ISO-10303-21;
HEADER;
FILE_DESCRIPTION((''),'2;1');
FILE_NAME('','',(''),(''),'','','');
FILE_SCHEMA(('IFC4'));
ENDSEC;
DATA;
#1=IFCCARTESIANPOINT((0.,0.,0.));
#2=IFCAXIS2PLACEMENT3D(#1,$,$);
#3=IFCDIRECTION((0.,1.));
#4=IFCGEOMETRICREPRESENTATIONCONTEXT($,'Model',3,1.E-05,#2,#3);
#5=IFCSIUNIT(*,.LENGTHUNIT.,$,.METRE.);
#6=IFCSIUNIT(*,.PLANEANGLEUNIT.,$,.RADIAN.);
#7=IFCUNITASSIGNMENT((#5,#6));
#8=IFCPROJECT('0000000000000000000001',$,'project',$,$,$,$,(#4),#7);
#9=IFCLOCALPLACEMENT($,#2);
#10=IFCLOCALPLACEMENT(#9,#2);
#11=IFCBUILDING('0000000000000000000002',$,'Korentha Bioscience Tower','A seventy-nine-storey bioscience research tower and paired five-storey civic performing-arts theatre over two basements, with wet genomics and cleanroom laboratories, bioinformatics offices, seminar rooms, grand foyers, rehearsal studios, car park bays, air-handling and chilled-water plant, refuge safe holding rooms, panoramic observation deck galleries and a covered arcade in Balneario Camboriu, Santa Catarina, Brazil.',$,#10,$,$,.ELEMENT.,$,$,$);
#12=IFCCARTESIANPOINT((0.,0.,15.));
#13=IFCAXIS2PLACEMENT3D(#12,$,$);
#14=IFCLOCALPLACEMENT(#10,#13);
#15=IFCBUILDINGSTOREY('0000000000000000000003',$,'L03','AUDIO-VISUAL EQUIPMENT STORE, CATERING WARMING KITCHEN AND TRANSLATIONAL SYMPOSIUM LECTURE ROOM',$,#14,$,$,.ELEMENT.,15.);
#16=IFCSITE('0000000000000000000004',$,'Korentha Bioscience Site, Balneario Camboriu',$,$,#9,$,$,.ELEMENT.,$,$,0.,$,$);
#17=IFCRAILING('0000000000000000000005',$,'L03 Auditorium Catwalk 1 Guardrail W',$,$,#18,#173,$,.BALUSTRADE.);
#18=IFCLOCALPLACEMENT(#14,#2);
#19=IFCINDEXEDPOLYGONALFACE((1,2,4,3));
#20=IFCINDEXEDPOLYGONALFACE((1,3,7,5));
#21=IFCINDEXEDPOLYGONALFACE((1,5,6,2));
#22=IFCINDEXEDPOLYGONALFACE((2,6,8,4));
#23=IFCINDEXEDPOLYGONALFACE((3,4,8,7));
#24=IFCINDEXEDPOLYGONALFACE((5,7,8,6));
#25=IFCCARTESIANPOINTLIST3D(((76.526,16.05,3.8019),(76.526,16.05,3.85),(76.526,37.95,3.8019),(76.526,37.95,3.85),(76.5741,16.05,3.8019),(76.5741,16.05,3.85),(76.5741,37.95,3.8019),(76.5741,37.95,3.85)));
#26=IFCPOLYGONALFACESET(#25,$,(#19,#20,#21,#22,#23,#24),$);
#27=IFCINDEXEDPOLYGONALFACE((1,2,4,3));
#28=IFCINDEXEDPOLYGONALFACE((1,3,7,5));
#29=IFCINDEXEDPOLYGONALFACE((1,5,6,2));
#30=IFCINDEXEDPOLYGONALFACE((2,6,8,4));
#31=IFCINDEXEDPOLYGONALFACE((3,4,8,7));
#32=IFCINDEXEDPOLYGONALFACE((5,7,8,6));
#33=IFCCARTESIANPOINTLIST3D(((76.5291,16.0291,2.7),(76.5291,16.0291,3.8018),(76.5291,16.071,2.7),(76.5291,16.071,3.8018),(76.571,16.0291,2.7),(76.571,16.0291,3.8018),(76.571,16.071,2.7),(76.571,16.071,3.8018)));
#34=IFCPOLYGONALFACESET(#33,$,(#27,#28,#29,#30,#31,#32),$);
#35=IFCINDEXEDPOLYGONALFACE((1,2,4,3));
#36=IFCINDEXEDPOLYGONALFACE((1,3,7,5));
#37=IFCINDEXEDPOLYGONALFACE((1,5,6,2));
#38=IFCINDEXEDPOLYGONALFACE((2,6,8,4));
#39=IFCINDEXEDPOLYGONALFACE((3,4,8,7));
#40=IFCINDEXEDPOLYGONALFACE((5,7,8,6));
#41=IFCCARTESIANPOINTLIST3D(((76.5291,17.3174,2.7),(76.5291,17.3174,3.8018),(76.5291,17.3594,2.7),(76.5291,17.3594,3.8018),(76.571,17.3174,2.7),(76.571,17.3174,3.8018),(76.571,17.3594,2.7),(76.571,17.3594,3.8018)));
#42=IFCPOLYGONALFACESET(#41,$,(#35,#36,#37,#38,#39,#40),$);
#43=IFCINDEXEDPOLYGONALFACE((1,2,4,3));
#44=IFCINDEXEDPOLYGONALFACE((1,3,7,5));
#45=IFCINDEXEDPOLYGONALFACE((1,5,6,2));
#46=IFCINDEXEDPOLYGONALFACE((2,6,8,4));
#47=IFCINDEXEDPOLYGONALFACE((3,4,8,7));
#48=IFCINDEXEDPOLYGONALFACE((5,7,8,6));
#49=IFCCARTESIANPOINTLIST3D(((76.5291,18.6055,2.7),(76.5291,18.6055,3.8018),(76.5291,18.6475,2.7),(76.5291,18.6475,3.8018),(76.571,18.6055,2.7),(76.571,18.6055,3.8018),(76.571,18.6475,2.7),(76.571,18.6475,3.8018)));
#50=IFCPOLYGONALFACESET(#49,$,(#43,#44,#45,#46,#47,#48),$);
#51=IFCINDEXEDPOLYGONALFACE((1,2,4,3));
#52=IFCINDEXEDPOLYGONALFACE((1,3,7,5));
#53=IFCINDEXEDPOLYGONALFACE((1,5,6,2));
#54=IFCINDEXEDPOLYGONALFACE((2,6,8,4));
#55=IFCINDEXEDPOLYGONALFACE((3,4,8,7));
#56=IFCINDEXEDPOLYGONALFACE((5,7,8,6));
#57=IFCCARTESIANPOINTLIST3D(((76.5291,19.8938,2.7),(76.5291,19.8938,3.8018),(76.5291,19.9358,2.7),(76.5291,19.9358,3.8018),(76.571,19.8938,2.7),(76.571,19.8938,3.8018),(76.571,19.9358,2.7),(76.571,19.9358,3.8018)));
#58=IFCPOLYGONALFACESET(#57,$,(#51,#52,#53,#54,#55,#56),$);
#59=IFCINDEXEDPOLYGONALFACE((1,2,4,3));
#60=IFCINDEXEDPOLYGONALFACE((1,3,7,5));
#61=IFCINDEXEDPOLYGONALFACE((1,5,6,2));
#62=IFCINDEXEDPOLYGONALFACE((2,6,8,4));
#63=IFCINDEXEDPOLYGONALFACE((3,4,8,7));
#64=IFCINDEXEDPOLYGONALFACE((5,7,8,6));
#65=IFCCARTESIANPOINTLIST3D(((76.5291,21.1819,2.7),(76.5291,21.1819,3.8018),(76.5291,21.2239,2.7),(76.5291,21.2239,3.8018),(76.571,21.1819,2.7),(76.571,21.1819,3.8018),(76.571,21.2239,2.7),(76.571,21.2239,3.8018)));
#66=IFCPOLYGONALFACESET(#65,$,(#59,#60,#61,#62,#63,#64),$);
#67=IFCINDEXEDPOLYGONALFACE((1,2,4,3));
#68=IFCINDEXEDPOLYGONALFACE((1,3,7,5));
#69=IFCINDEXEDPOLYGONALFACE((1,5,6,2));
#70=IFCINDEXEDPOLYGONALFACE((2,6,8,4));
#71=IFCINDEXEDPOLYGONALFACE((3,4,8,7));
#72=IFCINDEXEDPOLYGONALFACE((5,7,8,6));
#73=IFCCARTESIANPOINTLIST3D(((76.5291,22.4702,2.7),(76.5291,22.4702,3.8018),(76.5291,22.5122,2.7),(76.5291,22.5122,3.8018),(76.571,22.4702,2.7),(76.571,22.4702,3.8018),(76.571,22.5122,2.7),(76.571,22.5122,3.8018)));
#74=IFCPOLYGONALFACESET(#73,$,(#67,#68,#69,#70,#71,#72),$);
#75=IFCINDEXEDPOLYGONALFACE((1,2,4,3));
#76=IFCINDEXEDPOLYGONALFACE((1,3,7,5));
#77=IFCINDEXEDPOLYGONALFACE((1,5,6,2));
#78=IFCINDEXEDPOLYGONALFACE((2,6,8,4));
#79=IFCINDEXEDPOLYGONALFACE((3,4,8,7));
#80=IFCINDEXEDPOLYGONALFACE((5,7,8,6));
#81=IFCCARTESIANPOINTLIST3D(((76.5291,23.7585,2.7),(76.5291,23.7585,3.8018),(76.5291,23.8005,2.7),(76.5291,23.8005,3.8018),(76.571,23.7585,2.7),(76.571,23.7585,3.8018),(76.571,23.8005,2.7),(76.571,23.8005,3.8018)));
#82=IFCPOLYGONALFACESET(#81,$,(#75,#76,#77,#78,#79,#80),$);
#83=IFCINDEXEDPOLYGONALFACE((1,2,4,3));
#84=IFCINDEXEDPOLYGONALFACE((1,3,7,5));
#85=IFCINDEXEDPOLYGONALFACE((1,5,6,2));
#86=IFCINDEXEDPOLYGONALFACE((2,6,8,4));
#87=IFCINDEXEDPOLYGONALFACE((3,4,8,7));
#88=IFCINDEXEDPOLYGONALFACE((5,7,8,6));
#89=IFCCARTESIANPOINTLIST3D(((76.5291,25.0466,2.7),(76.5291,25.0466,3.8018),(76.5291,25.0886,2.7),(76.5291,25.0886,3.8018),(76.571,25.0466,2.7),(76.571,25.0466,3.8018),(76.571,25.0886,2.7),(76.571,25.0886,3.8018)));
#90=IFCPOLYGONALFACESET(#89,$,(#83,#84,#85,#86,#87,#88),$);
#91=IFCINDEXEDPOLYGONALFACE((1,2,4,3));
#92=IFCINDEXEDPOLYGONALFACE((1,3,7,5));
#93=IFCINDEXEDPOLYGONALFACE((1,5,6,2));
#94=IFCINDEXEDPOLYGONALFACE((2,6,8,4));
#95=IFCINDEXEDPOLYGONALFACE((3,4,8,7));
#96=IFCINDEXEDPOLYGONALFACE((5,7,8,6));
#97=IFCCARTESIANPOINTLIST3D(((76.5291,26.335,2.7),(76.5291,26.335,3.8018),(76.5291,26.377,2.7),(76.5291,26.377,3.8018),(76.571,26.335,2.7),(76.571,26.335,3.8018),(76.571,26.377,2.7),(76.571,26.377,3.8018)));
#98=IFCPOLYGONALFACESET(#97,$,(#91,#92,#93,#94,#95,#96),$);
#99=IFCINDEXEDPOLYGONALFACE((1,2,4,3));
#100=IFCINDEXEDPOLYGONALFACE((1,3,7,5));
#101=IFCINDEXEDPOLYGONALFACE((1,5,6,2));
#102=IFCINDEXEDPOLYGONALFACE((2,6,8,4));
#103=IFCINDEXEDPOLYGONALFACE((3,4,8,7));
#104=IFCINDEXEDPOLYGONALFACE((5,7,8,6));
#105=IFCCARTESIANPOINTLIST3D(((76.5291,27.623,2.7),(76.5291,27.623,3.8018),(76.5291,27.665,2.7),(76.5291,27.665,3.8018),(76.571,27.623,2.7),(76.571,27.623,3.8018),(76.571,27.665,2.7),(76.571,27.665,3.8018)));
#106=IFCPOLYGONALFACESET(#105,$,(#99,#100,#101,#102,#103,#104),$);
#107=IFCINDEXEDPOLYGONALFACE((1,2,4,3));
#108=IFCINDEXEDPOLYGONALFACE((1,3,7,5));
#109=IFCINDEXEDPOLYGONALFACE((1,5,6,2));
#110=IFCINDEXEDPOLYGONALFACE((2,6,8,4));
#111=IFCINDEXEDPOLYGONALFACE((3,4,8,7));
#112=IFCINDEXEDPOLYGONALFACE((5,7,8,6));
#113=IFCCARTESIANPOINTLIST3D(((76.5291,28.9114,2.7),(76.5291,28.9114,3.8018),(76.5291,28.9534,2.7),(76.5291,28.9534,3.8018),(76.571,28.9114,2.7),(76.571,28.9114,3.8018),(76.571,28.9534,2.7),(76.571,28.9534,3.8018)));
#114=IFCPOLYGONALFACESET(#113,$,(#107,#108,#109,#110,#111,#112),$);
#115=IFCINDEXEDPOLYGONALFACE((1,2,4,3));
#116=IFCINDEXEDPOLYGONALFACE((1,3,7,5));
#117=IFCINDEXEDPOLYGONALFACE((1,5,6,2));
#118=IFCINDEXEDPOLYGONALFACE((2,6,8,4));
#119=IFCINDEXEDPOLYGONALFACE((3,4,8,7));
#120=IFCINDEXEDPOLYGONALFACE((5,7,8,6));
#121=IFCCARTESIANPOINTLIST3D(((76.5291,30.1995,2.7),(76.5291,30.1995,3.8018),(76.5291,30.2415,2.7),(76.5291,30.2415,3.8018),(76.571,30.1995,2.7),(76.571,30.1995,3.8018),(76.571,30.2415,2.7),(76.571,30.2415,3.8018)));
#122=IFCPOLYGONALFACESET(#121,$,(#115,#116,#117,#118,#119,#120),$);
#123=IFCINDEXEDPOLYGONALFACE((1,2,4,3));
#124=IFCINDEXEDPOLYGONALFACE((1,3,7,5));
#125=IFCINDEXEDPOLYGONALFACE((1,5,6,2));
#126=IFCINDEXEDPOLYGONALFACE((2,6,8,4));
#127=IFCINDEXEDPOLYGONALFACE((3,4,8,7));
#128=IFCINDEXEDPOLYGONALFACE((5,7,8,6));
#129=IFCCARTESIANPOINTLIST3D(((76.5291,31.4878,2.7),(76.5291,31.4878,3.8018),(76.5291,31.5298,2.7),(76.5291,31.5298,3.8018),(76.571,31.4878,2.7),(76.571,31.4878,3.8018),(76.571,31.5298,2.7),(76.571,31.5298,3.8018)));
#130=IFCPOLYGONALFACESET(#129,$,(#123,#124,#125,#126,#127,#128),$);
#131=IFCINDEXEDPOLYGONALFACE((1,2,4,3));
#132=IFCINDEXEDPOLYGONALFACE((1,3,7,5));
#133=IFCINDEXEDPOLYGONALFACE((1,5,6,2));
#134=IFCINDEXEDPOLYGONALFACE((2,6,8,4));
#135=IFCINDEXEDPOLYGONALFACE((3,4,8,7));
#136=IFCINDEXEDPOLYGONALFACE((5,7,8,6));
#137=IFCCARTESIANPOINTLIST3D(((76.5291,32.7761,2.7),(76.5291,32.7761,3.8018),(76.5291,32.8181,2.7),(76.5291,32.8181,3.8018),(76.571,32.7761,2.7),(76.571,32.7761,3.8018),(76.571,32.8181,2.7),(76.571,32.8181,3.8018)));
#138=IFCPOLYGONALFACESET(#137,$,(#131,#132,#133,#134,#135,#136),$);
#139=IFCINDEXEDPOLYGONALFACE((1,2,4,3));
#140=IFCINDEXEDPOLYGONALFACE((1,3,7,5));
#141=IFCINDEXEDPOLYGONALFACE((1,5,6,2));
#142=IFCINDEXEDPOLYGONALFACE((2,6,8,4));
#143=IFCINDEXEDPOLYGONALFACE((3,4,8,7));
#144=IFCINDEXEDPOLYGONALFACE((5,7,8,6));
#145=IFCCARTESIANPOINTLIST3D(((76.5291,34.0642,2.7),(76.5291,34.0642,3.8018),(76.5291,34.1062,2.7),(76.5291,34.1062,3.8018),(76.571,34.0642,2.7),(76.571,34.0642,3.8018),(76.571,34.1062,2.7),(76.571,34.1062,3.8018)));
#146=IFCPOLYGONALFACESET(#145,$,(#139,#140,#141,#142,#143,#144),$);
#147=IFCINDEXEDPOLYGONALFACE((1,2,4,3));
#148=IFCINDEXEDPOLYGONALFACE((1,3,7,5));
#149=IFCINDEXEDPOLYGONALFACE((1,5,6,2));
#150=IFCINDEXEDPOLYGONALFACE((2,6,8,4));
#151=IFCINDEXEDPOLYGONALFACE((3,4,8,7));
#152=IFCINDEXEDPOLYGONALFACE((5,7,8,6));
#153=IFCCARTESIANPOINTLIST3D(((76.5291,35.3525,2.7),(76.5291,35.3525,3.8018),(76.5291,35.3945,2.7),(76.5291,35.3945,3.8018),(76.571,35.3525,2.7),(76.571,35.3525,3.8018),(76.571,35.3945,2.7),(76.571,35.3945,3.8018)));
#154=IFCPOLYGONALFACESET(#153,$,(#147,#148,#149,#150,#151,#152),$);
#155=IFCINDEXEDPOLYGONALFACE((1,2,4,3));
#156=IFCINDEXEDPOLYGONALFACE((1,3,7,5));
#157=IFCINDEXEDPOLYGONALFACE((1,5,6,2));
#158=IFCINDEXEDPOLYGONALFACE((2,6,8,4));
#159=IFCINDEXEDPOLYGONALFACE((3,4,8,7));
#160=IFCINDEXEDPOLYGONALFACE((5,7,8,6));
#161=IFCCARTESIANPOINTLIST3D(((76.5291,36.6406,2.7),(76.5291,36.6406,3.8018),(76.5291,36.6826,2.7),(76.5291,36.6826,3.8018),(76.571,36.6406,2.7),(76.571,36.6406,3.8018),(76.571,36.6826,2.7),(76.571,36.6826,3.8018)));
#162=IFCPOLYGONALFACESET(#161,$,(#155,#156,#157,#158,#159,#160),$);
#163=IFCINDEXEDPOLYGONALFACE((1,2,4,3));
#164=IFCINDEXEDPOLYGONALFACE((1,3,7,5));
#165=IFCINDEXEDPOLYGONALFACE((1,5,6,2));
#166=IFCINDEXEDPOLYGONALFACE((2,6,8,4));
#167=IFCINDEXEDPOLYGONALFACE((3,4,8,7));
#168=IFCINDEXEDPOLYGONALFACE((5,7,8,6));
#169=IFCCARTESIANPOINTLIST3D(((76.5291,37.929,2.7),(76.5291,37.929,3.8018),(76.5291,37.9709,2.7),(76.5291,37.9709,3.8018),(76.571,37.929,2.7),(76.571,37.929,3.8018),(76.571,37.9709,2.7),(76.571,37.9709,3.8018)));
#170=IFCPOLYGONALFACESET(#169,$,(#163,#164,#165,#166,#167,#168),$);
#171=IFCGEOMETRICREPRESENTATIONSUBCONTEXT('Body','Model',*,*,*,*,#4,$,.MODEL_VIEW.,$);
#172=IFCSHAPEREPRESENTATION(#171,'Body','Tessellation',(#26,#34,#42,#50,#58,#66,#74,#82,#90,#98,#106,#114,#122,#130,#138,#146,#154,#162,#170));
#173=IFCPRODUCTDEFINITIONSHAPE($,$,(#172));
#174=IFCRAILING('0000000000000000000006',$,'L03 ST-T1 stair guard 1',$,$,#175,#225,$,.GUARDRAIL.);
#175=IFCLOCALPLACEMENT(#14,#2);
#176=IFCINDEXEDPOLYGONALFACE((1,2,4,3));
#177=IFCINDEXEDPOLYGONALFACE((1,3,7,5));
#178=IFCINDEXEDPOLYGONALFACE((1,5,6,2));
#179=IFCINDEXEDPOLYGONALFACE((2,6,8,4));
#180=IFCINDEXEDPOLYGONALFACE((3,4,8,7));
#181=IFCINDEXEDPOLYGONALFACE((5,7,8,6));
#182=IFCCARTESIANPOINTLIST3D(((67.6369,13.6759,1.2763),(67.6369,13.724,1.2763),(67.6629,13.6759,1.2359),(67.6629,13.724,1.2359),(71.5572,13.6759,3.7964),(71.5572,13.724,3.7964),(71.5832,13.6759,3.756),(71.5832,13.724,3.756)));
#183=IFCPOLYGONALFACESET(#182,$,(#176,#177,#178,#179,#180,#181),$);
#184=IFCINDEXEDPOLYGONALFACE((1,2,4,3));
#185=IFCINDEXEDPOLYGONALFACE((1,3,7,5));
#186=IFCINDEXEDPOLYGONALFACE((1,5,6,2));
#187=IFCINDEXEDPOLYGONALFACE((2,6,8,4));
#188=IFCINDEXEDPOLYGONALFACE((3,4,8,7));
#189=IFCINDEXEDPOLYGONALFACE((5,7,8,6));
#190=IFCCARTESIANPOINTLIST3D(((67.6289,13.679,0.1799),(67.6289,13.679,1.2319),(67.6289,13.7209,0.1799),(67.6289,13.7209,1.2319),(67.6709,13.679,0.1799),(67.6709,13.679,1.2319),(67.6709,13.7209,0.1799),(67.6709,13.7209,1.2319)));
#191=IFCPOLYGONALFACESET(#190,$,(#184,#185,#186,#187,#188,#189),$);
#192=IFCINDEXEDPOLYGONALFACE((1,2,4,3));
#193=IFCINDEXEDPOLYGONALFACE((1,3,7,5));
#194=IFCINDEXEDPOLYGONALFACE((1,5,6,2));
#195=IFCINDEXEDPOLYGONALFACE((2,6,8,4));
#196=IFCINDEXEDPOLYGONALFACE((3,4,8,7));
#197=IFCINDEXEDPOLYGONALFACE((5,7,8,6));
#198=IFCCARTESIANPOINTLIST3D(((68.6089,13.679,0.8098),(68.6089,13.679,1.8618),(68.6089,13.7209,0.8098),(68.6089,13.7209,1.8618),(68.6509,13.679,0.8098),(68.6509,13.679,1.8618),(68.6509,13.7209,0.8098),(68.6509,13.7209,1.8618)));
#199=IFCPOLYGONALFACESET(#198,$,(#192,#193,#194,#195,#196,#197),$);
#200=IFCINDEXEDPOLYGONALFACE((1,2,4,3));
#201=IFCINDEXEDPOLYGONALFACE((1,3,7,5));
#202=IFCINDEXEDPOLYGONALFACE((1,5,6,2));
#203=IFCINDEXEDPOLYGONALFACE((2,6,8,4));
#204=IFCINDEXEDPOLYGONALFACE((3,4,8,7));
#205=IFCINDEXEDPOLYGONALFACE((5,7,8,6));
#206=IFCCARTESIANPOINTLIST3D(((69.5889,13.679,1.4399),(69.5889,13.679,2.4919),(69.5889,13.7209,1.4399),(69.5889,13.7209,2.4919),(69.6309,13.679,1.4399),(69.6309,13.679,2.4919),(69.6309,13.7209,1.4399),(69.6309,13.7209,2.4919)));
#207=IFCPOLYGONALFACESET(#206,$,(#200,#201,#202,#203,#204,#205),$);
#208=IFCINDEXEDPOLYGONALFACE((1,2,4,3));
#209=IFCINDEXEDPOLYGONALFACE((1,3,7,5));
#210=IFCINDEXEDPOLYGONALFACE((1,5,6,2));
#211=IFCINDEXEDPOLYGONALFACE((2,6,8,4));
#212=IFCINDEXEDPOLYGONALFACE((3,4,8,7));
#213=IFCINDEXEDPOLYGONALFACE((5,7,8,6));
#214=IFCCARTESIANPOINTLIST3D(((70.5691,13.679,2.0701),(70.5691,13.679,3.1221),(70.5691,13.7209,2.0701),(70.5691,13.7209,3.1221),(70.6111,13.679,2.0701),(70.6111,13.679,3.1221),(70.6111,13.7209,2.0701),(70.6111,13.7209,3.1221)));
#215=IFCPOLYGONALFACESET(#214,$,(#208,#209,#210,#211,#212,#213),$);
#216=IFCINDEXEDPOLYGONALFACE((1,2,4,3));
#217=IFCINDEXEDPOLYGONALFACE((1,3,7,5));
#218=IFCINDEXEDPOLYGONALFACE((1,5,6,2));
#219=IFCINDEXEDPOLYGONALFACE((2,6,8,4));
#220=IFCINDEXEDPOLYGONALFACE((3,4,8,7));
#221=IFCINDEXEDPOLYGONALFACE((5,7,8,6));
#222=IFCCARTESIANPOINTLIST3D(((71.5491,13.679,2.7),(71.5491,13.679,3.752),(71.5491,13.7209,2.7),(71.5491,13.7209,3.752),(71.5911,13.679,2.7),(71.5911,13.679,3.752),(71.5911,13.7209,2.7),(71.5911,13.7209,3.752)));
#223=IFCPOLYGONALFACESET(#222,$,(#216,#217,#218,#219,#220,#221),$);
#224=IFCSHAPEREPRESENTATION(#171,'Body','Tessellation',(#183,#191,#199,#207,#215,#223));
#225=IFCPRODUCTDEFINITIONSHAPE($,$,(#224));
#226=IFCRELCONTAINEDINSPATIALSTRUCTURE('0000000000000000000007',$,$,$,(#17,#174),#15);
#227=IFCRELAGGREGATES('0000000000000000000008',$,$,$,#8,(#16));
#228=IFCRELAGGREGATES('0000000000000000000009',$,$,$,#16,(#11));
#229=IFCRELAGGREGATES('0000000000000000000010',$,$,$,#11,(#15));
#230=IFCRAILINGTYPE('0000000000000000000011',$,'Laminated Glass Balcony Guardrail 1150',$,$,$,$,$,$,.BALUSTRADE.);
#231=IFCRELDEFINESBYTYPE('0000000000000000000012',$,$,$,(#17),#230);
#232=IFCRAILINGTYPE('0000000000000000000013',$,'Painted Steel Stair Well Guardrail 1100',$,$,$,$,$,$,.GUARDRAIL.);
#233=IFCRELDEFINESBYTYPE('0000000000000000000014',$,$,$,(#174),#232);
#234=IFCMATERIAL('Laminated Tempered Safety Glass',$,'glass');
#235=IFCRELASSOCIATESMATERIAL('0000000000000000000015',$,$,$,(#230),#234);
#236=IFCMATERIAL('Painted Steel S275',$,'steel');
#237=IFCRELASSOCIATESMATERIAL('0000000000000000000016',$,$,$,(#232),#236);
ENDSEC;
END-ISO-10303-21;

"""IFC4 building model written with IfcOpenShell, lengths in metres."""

from ifc_helpers import new_model, si_unit, direction, frame, origin, origin_2d, place, context, subcontext, project, spatial, rectangle, extrude, material, type_object, element, save


model = new_model("IFC4")

# Units and contexts
model_context = context("Model", 3, precision=1e-05, world=origin(), true_north=direction((0.0, 1.0)))
body_context = subcontext(model_context, "Body", "Model", "MODEL_VIEW")
ifc_project = project(units=[si_unit("LENGTHUNIT", "METRE"), si_unit("PLANEANGLEUNIT", "RADIAN")], contexts=[model_context])

# Site, building, storey
site_placement = place(None, origin())
site = spatial("IfcSite", under=ifc_project, at=site_placement, Name="Korentha Bioscience Site, Balneario Camboriu", CompositionType="ELEMENT", RefElevation=0.0)
building_placement = place(site_placement, origin())
building = spatial("IfcBuilding", under=site, at=building_placement, Name="Korentha Bioscience Tower", Description="A seventy-nine-storey bioscience research tower and paired five-storey civic performing-arts theatre over two basements, with wet genomics and cleanroom laboratories, bioinformatics offices, seminar rooms, grand foyers, rehearsal studios, car park bays, air-handling and chilled-water plant, refuge safe holding rooms, panoramic observation deck galleries and a covered arcade in Balneario Camboriu, Santa Catarina, Brazil.", CompositionType="ELEMENT")
storey_placement = place(building_placement, frame((0.0, 0.0, 15.0)))
storey = spatial("IfcBuildingStorey", under=building, at=storey_placement, Name="L03", Description="AUDIO-VISUAL EQUIPMENT STORE, CATERING WARMING KITCHEN AND TRANSLATIONAL SYMPOSIUM LECTURE ROOM", CompositionType="ELEMENT", Elevation=15.0)

# Railings
ifc_material_1 = material(Name="Laminated Tempered Safety Glass", Category="glass")
railing_type_1 = type_object("IfcRailingType", Name="Laminated Glass Balcony Guardrail 1150", PredefinedType="BALUSTRADE", material=ifc_material_1)
railing_1_placement = place(storey_placement, frame((76.55, 16.05, 2.7)))
element("IfcRailing", 1, at=railing_1_placement, inside=storey, type_object=railing_type_1, Name="L03 Auditorium Catwalk 1 Guardrail W", PredefinedType="BALUSTRADE", context=body_context, shape_type="SweptSolid", body=[
    extrude(rectangle(XDim=0.0481, YDim=0.0481, at=origin_2d()), frame((0.0, 0.0, 1.126), z_axis=(0.0, 1.0, 0.0), x_axis=(-1.0, 0.0, 0.0)), (0.0, 0.0, 1.0), 21.8999),
    extrude(rectangle(XDim=0.042, YDim=0.042, at=origin_2d()), origin(), (0.0, 0.0, 1.0), 1.1018),
    extrude(rectangle(XDim=0.042, YDim=0.042, at=origin_2d()), frame((0.0, 1.2883, 0.0)), (0.0, 0.0, 1.0), 1.1018),
    extrude(rectangle(XDim=0.042, YDim=0.042, at=origin_2d()), frame((0.0, 2.5764, 0.0)), (0.0, 0.0, 1.0), 1.1018),
    extrude(rectangle(XDim=0.042, YDim=0.042, at=origin_2d()), frame((0.0, 3.8647, 0.0)), (0.0, 0.0, 1.0), 1.1018),
    extrude(rectangle(XDim=0.042, YDim=0.042, at=origin_2d()), frame((0.0, 5.1528, 0.0)), (0.0, 0.0, 1.0), 1.1018),
    extrude(rectangle(XDim=0.042, YDim=0.042, at=origin_2d()), frame((0.0, 6.4412, 0.0)), (0.0, 0.0, 1.0), 1.1018),
    extrude(rectangle(XDim=0.042, YDim=0.042, at=origin_2d()), frame((0.0, 7.7295, 0.0)), (0.0, 0.0, 1.0), 1.1018),
    extrude(rectangle(XDim=0.042, YDim=0.042, at=origin_2d()), frame((0.0, 9.0176, 0.0)), (0.0, 0.0, 1.0), 1.1018),
    extrude(rectangle(XDim=0.042, YDim=0.042, at=origin_2d()), frame((0.0, 10.3059, 0.0)), (0.0, 0.0, 1.0), 1.1018),
    extrude(rectangle(XDim=0.042, YDim=0.042, at=origin_2d()), frame((0.0, 11.594, 0.0)), (0.0, 0.0, 1.0), 1.1018),
    extrude(rectangle(XDim=0.042, YDim=0.042, at=origin_2d()), frame((0.0, 12.8823, 0.0)), (0.0, 0.0, 1.0), 1.1018),
    extrude(rectangle(XDim=0.042, YDim=0.042, at=origin_2d()), frame((0.0, 14.1704, 0.0)), (0.0, 0.0, 1.0), 1.1018),
    extrude(rectangle(XDim=0.042, YDim=0.042, at=origin_2d()), frame((0.0, 15.4587, 0.0)), (0.0, 0.0, 1.0), 1.1018),
    extrude(rectangle(XDim=0.042, YDim=0.042, at=origin_2d()), frame((0.0, 16.7471, 0.0)), (0.0, 0.0, 1.0), 1.1018),
    extrude(rectangle(XDim=0.042, YDim=0.042, at=origin_2d()), frame((0.0, 18.0352, 0.0)), (0.0, 0.0, 1.0), 1.1018),
    extrude(rectangle(XDim=0.042, YDim=0.042, at=origin_2d()), frame((0.0, 19.3235, 0.0)), (0.0, 0.0, 1.0), 1.1018),
    extrude(rectangle(XDim=0.042, YDim=0.042, at=origin_2d()), frame((0.0, 20.6116, 0.0)), (0.0, 0.0, 1.0), 1.1018),
    extrude(rectangle(XDim=0.042, YDim=0.042, at=origin_2d()), frame((0.0, 21.8999, 0.0)), (0.0, 0.0, 1.0), 1.1018),
])
ifc_material_2 = material(Name="Painted Steel S275", Category="steel")
railing_type_2 = type_object("IfcRailingType", Name="Painted Steel Stair Well Guardrail 1100", PredefinedType="GUARDRAIL", material=ifc_material_2)
railing_2_placement = place(storey_placement, frame((67.6499, 13.7, 0.1799)))
element("IfcRailing", 2, at=railing_2_placement, inside=storey, type_object=railing_type_2, Name="L03 ST-T1 stair guard 1", PredefinedType="GUARDRAIL", context=body_context, shape_type="SweptSolid", body=[
    extrude(rectangle(XDim=0.0481, YDim=0.0481, at=origin_2d()), frame((0.0, 0.0, 1.0762), z_axis=(0.841187, 0.0, 0.540744), x_axis=(0.0, 1.0, 0.0)), (0.0, 0.0, 1.0), 4.6604),
    extrude(rectangle(XDim=0.042, YDim=0.042, at=origin_2d()), origin(), (0.0, 0.0, 1.0), 1.052),
    extrude(rectangle(XDim=0.042, YDim=0.042, at=origin_2d()), frame((0.98, 0.0, 0.6299)), (0.0, 0.0, 1.0), 1.052),
    extrude(rectangle(XDim=0.042, YDim=0.042, at=origin_2d()), frame((1.96, 0.0, 1.26)), (0.0, 0.0, 1.0), 1.052),
    extrude(rectangle(XDim=0.042, YDim=0.042, at=origin_2d()), frame((2.9402, 0.0, 1.8901)), (0.0, 0.0, 1.0), 1.052),
    extrude(rectangle(XDim=0.042, YDim=0.042, at=origin_2d()), frame((3.9202, 0.0, 2.52)), (0.0, 0.0, 1.0), 1.052),
])

save(model, "model.ifc")
